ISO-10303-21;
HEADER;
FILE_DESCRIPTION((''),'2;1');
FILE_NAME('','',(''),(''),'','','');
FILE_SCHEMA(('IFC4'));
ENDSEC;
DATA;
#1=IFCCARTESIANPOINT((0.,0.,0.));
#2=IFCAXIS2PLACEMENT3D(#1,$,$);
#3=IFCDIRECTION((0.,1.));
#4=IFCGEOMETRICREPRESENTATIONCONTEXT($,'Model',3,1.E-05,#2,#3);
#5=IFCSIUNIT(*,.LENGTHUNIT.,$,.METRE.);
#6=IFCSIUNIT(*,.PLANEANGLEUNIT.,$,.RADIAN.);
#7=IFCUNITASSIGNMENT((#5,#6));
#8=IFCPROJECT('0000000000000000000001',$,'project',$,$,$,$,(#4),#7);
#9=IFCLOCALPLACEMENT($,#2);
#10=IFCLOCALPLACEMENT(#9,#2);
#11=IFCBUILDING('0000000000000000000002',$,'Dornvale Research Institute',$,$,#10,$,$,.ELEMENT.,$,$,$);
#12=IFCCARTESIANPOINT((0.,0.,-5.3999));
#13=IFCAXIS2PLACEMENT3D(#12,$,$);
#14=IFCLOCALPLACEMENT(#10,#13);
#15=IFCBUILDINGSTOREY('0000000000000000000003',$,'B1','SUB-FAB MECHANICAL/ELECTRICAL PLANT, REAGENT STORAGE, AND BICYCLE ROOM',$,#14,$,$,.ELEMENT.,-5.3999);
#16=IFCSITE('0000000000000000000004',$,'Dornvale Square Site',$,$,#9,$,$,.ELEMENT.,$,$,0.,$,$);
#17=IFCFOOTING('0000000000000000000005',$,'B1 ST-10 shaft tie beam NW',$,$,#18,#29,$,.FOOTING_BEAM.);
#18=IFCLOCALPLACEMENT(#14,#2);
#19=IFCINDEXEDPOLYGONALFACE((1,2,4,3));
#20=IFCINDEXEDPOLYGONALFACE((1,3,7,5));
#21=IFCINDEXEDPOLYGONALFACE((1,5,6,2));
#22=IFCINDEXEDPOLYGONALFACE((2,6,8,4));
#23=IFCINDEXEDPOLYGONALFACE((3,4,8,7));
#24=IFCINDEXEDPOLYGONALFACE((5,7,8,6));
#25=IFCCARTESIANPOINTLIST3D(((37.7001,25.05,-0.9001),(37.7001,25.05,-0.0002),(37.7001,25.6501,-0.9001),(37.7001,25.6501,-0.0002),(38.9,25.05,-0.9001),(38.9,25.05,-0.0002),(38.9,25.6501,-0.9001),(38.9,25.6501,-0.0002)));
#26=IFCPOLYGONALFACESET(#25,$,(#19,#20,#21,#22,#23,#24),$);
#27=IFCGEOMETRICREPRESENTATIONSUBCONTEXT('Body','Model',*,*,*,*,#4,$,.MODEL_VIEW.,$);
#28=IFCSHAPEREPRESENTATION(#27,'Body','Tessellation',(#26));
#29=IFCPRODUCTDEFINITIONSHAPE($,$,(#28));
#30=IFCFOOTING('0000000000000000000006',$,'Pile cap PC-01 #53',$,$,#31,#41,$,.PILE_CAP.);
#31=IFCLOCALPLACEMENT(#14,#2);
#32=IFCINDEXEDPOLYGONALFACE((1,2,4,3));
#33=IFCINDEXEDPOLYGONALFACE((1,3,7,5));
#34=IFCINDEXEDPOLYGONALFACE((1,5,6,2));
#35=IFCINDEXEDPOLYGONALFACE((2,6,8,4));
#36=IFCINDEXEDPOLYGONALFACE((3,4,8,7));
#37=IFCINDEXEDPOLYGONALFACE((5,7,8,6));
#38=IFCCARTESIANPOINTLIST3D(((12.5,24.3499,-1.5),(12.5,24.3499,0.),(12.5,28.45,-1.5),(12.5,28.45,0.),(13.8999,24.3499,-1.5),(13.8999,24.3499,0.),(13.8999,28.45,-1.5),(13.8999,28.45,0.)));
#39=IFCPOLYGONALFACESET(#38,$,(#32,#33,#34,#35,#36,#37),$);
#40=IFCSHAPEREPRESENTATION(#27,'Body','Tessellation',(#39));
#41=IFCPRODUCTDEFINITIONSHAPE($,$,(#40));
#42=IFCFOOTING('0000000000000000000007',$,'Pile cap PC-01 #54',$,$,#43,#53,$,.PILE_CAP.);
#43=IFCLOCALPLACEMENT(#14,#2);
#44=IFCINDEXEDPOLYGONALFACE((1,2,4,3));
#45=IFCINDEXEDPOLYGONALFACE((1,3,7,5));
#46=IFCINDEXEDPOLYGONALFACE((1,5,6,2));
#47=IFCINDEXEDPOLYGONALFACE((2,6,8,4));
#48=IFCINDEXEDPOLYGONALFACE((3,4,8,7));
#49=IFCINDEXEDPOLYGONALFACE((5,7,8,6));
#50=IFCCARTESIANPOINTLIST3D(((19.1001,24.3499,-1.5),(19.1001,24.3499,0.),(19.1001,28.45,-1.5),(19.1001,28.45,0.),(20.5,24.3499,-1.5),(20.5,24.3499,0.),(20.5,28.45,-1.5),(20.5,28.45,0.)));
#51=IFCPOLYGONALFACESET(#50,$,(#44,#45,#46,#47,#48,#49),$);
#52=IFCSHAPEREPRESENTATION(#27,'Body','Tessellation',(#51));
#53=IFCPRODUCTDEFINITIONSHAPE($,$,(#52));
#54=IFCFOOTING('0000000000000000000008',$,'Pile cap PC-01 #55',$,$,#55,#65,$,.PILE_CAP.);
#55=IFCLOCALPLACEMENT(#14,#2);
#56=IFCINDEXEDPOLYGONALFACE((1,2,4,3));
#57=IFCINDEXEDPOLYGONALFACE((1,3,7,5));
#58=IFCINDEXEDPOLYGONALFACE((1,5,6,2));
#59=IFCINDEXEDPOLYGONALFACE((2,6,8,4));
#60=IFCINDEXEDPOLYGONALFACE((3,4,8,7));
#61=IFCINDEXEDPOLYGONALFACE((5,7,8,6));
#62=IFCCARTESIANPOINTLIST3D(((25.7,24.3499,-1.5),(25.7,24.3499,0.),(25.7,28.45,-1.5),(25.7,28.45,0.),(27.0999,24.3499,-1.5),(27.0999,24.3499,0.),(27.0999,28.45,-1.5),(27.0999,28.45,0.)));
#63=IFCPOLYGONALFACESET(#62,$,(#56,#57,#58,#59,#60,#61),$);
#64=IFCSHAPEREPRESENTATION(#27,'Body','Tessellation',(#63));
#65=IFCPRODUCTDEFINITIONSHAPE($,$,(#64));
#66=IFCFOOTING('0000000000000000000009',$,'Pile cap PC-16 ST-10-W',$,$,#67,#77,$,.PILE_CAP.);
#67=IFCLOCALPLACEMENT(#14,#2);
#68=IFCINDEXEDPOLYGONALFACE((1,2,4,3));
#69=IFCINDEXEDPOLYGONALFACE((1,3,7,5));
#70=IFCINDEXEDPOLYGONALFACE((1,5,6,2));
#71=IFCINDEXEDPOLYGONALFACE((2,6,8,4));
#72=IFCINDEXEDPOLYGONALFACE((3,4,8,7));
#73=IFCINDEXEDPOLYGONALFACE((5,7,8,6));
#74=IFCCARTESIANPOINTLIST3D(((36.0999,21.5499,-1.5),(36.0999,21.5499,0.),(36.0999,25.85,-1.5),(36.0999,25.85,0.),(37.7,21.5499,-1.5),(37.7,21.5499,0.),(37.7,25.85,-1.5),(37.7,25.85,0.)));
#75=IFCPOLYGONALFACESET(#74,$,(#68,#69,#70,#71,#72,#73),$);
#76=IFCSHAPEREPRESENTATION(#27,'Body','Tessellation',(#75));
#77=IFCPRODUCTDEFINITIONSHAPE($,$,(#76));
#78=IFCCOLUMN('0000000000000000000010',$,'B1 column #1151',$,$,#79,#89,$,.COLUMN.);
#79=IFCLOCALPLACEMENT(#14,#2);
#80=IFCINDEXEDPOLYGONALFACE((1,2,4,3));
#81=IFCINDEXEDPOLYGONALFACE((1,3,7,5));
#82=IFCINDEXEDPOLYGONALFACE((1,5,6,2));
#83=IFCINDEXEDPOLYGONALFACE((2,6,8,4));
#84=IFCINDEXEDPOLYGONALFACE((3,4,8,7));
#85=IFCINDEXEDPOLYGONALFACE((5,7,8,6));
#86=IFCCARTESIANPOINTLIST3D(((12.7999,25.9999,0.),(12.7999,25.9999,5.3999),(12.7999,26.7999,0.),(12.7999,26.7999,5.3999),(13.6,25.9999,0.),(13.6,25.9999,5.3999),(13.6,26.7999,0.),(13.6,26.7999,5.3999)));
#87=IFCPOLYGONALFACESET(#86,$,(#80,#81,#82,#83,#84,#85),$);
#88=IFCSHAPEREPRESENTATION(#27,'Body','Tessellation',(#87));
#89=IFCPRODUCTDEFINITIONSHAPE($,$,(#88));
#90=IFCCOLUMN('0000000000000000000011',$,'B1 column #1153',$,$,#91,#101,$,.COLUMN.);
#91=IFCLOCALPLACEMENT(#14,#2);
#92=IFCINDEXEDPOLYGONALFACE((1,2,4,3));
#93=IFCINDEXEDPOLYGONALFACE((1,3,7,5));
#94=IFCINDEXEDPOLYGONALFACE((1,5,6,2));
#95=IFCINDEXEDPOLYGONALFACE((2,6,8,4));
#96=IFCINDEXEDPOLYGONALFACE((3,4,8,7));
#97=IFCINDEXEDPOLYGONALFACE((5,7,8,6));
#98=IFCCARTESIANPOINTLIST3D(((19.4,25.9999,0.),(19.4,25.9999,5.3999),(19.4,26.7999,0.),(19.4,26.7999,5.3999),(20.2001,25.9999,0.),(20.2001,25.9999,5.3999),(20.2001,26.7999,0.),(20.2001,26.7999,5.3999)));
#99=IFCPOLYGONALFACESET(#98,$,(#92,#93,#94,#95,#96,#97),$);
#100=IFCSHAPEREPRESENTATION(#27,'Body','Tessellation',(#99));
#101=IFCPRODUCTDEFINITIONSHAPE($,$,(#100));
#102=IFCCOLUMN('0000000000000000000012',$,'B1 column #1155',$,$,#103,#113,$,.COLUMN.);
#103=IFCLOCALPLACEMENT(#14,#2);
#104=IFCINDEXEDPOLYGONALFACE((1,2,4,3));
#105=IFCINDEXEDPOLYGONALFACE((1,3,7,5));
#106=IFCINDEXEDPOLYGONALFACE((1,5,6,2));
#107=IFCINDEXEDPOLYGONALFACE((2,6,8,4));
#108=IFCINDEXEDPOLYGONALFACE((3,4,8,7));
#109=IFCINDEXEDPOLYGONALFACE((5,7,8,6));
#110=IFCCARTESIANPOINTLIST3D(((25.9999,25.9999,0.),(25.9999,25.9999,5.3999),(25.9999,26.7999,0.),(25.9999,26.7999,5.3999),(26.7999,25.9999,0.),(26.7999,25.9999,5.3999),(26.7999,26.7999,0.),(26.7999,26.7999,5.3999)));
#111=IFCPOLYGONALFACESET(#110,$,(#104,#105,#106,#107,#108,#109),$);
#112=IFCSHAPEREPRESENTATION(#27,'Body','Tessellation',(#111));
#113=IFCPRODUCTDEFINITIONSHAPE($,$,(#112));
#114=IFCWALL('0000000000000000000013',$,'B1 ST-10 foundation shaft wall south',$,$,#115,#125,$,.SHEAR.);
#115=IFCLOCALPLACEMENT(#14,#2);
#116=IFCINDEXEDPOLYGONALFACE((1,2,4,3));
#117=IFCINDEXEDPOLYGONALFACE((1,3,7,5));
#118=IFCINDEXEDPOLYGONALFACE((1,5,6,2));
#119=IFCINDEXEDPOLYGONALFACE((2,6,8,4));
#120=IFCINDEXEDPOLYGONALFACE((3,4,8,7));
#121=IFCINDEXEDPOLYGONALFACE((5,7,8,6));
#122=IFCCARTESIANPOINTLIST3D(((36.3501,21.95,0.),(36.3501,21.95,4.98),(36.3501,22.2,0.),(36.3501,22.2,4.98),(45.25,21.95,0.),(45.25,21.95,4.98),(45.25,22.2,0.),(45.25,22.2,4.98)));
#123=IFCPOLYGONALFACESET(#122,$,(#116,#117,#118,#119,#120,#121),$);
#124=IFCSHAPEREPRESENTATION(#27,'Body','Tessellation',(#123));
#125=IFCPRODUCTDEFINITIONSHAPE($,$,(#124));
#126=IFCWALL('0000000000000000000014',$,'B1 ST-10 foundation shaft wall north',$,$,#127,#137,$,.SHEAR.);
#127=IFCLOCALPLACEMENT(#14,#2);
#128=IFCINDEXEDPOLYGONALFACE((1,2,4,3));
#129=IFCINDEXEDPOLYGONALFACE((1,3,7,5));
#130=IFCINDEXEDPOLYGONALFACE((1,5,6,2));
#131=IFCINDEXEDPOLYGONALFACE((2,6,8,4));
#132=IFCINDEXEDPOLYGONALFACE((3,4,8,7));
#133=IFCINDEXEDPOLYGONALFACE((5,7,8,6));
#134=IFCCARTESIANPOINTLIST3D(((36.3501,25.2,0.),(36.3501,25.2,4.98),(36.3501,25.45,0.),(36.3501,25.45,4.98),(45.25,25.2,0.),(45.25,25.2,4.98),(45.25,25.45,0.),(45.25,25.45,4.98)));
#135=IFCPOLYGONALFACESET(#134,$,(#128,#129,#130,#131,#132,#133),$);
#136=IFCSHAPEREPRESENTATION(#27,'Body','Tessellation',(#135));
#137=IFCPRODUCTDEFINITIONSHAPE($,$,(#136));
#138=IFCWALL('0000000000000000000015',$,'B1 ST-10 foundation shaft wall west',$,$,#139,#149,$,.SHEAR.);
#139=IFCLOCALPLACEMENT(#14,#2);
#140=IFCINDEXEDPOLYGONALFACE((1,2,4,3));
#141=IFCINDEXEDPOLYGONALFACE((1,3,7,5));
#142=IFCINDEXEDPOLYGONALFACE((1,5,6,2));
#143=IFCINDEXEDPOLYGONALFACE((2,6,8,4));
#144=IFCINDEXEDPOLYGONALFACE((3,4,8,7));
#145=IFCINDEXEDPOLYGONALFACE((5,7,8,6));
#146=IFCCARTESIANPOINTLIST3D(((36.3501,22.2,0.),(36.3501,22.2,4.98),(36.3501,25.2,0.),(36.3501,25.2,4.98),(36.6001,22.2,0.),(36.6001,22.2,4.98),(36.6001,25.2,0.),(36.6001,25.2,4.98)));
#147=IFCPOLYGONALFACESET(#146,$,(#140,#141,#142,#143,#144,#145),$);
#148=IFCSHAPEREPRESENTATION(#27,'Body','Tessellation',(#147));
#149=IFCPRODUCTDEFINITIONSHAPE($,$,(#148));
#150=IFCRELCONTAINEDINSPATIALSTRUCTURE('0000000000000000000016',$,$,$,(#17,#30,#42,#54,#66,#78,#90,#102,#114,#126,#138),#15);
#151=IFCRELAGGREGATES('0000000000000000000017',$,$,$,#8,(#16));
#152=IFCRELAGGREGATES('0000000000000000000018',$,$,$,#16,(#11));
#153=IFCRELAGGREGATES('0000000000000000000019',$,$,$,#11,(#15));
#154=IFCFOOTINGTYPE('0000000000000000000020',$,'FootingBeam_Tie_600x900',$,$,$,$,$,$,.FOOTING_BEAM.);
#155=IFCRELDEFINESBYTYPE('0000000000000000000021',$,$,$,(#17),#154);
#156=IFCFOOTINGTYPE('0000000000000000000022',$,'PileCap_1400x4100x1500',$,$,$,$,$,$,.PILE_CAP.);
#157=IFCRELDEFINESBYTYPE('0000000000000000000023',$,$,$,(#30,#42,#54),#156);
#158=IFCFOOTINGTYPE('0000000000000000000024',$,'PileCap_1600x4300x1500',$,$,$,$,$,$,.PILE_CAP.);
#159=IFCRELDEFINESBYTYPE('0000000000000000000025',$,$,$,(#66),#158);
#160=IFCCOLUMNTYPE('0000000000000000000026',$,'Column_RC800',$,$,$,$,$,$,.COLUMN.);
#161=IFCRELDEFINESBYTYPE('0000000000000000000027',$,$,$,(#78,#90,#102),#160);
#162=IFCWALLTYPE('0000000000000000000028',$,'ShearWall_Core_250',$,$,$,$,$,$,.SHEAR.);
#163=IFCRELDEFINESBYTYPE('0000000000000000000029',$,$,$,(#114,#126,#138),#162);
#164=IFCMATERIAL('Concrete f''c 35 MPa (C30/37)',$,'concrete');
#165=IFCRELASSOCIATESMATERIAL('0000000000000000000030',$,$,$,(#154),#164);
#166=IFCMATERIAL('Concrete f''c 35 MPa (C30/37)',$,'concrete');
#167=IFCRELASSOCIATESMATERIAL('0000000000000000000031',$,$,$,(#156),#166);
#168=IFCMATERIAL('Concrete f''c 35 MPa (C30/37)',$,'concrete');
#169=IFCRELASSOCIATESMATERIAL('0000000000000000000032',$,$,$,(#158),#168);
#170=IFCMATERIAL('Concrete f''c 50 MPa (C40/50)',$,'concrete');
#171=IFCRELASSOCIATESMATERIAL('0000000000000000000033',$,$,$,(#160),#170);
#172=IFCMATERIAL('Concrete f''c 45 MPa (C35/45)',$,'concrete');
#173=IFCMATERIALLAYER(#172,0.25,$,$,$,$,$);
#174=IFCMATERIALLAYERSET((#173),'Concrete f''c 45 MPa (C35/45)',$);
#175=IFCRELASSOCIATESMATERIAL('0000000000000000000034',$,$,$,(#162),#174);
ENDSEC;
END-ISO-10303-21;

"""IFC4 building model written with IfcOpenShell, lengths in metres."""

from ifc_helpers import new_model, si_unit, direction, frame, frame_2d, origin, origin_2d, place, context, subcontext, project, spatial, rectangle, extrude, material, layer, layer_set, material_profile, profile_set, type_object, element, save


model = new_model("IFC4")

# Units and contexts
model_context = context("Model", 3, precision=1e-05, world=origin(), true_north=direction((0.0, 1.0)))
body_context = subcontext(model_context, "Body", "Model", "MODEL_VIEW")
ifc_project = project(units=[si_unit("LENGTHUNIT", "METRE"), si_unit("PLANEANGLEUNIT", "RADIAN")], contexts=[model_context])

# Site, building, storey
site_placement = place(None, origin())
site = spatial("IfcSite", under=ifc_project, at=site_placement, Name="Dornvale Square Site", CompositionType="ELEMENT", RefElevation=0.0)
building_placement = place(site_placement, origin())
building = spatial("IfcBuilding", under=site, at=building_placement, Name="Dornvale Research Institute", CompositionType="ELEMENT")
storey_placement = place(building_placement, frame((0.0, 0.0, -5.3999)))
storey = spatial("IfcBuildingStorey", under=building, at=storey_placement, Name="B1", Description="SUB-FAB MECHANICAL/ELECTRICAL PLANT, REAGENT STORAGE, AND BICYCLE ROOM", CompositionType="ELEMENT", Elevation=-5.3999)

# Footings
ifc_material_1 = material(Name="Concrete f'c 35 MPa (C30/37)", Category="concrete")
footing_type_1 = type_object("IfcFootingType", Name="FootingBeam_Tie_600x900", PredefinedType="FOOTING_BEAM", material=ifc_material_1)
footing_1_placement = place(storey_placement, frame((38.3, 25.3501, -0.9001), z_axis=(0.0, 0.0, 1.0), x_axis=(1.0, 0.0, 0.0)))
element("IfcFooting", 1, at=footing_1_placement, inside=storey, type_object=footing_type_1, Name="B1 ST-10 shaft tie beam NW", PredefinedType="FOOTING_BEAM", context=body_context, shape_type="SweptSolid", body=[
    extrude(rectangle(XDim=1.2, YDim=0.6001, at=origin_2d()), origin(), (0.0, 0.0, 1.0), 0.8999),
])
ifc_material_2 = material(Name="Concrete f'c 35 MPa (C30/37)", Category="concrete")
footing_type_2 = type_object("IfcFootingType", Name="PileCap_1400x4100x1500", PredefinedType="PILE_CAP", material=ifc_material_2)
for number, where, z_axis, x_axis, name in (
    (2, (13.2, 26.3999, -1.5), (0.0, 0.0, 1.0), (1.0, 0.0, 0.0), "Pile cap PC-01 #53"),
    (3, (19.8, 26.3999, -1.5), (0.0, 0.0, 1.0), (1.0, 0.0, 0.0), "Pile cap PC-01 #54"),
    (4, (26.3999, 26.3999, -1.5), (0.0, 0.0, 1.0), (1.0, 0.0, 0.0), "Pile cap PC-01 #55"),
):
    element("IfcFooting", number, at=place(storey_placement, frame(where, z_axis=z_axis, x_axis=x_axis)), inside=storey, type_object=footing_type_2, Name=name, PredefinedType="PILE_CAP", context=body_context, shape_type="SweptSolid", body=[
        extrude(rectangle(XDim=1.3999, YDim=4.1001, at=origin_2d()), origin(), (0.0, 0.0, 1.0), 1.5),
    ])
ifc_material_3 = material(Name="Concrete f'c 35 MPa (C30/37)", Category="concrete")
footing_type_3 = type_object("IfcFootingType", Name="PileCap_1600x4300x1500", PredefinedType="PILE_CAP", material=ifc_material_3)
footing_2_placement = place(storey_placement, frame((36.8999, 23.7, -1.5), z_axis=(0.0, 0.0, 1.0), x_axis=(1.0, 0.0, 0.0)))
element("IfcFooting", 5, at=footing_2_placement, inside=storey, type_object=footing_type_3, Name="Pile cap PC-16 ST-10-W", PredefinedType="PILE_CAP", context=body_context, shape_type="SweptSolid", body=[
    extrude(rectangle(XDim=1.6001, YDim=4.3, at=origin_2d()), origin(), (0.0, 0.0, 1.0), 1.5),
])

# Columns
ifc_material_4 = material(Name="Concrete f'c 50 MPa (C40/50)", Category="concrete")
ifc_material_profile_1 = material_profile(ifc_material_4, rectangle(XDim=0.8, YDim=0.8, at=origin_2d()), Name="RC 800x800")
ifc_profile_set_1 = profile_set([ifc_material_profile_1], Name="Concrete f'c 50 MPa (C40/50)")
column_type = type_object("IfcColumnType", Name="Column_RC800", PredefinedType="COLUMN", material=ifc_profile_set_1)
for number, where, z_axis, x_axis, name in (
    (6, (13.2, 26.3999, 0.0), (0.0, 0.0, 1.0), (1.0, 0.0, 0.0), "B1 column #1151"),
    (7, (19.8, 26.3999, 0.0), (0.0, 0.0, 1.0), (1.0, 0.0, 0.0), "B1 column #1153"),
    (8, (26.3999, 26.3999, 0.0), (0.0, 0.0, 1.0), (1.0, 0.0, 0.0), "B1 column #1155"),
):
    element("IfcColumn", number, at=place(storey_placement, frame(where, z_axis=z_axis, x_axis=x_axis)), inside=storey, type_object=column_type, Name=name, PredefinedType="COLUMN", context=body_context, shape_type="SweptSolid", body=[
        extrude(rectangle(XDim=0.8, YDim=0.8, at=origin_2d()), origin(), (0.0, 0.0, 1.0), 5.3999),
    ])

# Walls
ifc_material_5 = material(Name="Concrete f'c 45 MPa (C35/45)", Category="concrete")
ifc_layer = layer(ifc_material_5, 0.25)
ifc_layer_set = layer_set([ifc_layer], Name="Concrete f'c 45 MPa (C35/45)")
wall_type = type_object("IfcWallType", Name="ShearWall_Core_250", PredefinedType="SHEAR", material=ifc_layer_set)
for number, where, z_axis, x_axis, name in (
    (9, (36.3501, 22.075, 0.0), (0.0, 0.0, 1.0), (1.0, 0.0, 0.0), "B1 ST-10 foundation shaft wall south"),
    (10, (36.3501, 25.325, 0.0), (0.0, 0.0, 1.0), (1.0, 0.0, 0.0), "B1 ST-10 foundation shaft wall north"),
):
    element("IfcWall", number, at=place(storey_placement, frame(where, z_axis=z_axis, x_axis=x_axis)), inside=storey, type_object=wall_type, Name=name, PredefinedType="SHEAR", context=body_context, shape_type="SweptSolid", body=[
        extrude(rectangle(XDim=8.8999, YDim=0.25, at=frame_2d((4.45, 0.0))), origin(), (0.0, 0.0, 1.0), 4.98),
    ])
wall_placement = place(storey_placement, frame((36.4751, 22.2, 0.0), z_axis=(0.0, 0.0, 1.0), x_axis=(0.0, 1.0, 0.0)))
element("IfcWall", 11, at=wall_placement, inside=storey, type_object=wall_type, Name="B1 ST-10 foundation shaft wall west", PredefinedType="SHEAR", context=body_context, shape_type="SweptSolid", body=[
    extrude(rectangle(XDim=3.0, YDim=0.25, at=frame_2d((1.5, 0.0))), origin(), (0.0, 0.0, 1.0), 4.98),
])

save(model, "model.ifc")
